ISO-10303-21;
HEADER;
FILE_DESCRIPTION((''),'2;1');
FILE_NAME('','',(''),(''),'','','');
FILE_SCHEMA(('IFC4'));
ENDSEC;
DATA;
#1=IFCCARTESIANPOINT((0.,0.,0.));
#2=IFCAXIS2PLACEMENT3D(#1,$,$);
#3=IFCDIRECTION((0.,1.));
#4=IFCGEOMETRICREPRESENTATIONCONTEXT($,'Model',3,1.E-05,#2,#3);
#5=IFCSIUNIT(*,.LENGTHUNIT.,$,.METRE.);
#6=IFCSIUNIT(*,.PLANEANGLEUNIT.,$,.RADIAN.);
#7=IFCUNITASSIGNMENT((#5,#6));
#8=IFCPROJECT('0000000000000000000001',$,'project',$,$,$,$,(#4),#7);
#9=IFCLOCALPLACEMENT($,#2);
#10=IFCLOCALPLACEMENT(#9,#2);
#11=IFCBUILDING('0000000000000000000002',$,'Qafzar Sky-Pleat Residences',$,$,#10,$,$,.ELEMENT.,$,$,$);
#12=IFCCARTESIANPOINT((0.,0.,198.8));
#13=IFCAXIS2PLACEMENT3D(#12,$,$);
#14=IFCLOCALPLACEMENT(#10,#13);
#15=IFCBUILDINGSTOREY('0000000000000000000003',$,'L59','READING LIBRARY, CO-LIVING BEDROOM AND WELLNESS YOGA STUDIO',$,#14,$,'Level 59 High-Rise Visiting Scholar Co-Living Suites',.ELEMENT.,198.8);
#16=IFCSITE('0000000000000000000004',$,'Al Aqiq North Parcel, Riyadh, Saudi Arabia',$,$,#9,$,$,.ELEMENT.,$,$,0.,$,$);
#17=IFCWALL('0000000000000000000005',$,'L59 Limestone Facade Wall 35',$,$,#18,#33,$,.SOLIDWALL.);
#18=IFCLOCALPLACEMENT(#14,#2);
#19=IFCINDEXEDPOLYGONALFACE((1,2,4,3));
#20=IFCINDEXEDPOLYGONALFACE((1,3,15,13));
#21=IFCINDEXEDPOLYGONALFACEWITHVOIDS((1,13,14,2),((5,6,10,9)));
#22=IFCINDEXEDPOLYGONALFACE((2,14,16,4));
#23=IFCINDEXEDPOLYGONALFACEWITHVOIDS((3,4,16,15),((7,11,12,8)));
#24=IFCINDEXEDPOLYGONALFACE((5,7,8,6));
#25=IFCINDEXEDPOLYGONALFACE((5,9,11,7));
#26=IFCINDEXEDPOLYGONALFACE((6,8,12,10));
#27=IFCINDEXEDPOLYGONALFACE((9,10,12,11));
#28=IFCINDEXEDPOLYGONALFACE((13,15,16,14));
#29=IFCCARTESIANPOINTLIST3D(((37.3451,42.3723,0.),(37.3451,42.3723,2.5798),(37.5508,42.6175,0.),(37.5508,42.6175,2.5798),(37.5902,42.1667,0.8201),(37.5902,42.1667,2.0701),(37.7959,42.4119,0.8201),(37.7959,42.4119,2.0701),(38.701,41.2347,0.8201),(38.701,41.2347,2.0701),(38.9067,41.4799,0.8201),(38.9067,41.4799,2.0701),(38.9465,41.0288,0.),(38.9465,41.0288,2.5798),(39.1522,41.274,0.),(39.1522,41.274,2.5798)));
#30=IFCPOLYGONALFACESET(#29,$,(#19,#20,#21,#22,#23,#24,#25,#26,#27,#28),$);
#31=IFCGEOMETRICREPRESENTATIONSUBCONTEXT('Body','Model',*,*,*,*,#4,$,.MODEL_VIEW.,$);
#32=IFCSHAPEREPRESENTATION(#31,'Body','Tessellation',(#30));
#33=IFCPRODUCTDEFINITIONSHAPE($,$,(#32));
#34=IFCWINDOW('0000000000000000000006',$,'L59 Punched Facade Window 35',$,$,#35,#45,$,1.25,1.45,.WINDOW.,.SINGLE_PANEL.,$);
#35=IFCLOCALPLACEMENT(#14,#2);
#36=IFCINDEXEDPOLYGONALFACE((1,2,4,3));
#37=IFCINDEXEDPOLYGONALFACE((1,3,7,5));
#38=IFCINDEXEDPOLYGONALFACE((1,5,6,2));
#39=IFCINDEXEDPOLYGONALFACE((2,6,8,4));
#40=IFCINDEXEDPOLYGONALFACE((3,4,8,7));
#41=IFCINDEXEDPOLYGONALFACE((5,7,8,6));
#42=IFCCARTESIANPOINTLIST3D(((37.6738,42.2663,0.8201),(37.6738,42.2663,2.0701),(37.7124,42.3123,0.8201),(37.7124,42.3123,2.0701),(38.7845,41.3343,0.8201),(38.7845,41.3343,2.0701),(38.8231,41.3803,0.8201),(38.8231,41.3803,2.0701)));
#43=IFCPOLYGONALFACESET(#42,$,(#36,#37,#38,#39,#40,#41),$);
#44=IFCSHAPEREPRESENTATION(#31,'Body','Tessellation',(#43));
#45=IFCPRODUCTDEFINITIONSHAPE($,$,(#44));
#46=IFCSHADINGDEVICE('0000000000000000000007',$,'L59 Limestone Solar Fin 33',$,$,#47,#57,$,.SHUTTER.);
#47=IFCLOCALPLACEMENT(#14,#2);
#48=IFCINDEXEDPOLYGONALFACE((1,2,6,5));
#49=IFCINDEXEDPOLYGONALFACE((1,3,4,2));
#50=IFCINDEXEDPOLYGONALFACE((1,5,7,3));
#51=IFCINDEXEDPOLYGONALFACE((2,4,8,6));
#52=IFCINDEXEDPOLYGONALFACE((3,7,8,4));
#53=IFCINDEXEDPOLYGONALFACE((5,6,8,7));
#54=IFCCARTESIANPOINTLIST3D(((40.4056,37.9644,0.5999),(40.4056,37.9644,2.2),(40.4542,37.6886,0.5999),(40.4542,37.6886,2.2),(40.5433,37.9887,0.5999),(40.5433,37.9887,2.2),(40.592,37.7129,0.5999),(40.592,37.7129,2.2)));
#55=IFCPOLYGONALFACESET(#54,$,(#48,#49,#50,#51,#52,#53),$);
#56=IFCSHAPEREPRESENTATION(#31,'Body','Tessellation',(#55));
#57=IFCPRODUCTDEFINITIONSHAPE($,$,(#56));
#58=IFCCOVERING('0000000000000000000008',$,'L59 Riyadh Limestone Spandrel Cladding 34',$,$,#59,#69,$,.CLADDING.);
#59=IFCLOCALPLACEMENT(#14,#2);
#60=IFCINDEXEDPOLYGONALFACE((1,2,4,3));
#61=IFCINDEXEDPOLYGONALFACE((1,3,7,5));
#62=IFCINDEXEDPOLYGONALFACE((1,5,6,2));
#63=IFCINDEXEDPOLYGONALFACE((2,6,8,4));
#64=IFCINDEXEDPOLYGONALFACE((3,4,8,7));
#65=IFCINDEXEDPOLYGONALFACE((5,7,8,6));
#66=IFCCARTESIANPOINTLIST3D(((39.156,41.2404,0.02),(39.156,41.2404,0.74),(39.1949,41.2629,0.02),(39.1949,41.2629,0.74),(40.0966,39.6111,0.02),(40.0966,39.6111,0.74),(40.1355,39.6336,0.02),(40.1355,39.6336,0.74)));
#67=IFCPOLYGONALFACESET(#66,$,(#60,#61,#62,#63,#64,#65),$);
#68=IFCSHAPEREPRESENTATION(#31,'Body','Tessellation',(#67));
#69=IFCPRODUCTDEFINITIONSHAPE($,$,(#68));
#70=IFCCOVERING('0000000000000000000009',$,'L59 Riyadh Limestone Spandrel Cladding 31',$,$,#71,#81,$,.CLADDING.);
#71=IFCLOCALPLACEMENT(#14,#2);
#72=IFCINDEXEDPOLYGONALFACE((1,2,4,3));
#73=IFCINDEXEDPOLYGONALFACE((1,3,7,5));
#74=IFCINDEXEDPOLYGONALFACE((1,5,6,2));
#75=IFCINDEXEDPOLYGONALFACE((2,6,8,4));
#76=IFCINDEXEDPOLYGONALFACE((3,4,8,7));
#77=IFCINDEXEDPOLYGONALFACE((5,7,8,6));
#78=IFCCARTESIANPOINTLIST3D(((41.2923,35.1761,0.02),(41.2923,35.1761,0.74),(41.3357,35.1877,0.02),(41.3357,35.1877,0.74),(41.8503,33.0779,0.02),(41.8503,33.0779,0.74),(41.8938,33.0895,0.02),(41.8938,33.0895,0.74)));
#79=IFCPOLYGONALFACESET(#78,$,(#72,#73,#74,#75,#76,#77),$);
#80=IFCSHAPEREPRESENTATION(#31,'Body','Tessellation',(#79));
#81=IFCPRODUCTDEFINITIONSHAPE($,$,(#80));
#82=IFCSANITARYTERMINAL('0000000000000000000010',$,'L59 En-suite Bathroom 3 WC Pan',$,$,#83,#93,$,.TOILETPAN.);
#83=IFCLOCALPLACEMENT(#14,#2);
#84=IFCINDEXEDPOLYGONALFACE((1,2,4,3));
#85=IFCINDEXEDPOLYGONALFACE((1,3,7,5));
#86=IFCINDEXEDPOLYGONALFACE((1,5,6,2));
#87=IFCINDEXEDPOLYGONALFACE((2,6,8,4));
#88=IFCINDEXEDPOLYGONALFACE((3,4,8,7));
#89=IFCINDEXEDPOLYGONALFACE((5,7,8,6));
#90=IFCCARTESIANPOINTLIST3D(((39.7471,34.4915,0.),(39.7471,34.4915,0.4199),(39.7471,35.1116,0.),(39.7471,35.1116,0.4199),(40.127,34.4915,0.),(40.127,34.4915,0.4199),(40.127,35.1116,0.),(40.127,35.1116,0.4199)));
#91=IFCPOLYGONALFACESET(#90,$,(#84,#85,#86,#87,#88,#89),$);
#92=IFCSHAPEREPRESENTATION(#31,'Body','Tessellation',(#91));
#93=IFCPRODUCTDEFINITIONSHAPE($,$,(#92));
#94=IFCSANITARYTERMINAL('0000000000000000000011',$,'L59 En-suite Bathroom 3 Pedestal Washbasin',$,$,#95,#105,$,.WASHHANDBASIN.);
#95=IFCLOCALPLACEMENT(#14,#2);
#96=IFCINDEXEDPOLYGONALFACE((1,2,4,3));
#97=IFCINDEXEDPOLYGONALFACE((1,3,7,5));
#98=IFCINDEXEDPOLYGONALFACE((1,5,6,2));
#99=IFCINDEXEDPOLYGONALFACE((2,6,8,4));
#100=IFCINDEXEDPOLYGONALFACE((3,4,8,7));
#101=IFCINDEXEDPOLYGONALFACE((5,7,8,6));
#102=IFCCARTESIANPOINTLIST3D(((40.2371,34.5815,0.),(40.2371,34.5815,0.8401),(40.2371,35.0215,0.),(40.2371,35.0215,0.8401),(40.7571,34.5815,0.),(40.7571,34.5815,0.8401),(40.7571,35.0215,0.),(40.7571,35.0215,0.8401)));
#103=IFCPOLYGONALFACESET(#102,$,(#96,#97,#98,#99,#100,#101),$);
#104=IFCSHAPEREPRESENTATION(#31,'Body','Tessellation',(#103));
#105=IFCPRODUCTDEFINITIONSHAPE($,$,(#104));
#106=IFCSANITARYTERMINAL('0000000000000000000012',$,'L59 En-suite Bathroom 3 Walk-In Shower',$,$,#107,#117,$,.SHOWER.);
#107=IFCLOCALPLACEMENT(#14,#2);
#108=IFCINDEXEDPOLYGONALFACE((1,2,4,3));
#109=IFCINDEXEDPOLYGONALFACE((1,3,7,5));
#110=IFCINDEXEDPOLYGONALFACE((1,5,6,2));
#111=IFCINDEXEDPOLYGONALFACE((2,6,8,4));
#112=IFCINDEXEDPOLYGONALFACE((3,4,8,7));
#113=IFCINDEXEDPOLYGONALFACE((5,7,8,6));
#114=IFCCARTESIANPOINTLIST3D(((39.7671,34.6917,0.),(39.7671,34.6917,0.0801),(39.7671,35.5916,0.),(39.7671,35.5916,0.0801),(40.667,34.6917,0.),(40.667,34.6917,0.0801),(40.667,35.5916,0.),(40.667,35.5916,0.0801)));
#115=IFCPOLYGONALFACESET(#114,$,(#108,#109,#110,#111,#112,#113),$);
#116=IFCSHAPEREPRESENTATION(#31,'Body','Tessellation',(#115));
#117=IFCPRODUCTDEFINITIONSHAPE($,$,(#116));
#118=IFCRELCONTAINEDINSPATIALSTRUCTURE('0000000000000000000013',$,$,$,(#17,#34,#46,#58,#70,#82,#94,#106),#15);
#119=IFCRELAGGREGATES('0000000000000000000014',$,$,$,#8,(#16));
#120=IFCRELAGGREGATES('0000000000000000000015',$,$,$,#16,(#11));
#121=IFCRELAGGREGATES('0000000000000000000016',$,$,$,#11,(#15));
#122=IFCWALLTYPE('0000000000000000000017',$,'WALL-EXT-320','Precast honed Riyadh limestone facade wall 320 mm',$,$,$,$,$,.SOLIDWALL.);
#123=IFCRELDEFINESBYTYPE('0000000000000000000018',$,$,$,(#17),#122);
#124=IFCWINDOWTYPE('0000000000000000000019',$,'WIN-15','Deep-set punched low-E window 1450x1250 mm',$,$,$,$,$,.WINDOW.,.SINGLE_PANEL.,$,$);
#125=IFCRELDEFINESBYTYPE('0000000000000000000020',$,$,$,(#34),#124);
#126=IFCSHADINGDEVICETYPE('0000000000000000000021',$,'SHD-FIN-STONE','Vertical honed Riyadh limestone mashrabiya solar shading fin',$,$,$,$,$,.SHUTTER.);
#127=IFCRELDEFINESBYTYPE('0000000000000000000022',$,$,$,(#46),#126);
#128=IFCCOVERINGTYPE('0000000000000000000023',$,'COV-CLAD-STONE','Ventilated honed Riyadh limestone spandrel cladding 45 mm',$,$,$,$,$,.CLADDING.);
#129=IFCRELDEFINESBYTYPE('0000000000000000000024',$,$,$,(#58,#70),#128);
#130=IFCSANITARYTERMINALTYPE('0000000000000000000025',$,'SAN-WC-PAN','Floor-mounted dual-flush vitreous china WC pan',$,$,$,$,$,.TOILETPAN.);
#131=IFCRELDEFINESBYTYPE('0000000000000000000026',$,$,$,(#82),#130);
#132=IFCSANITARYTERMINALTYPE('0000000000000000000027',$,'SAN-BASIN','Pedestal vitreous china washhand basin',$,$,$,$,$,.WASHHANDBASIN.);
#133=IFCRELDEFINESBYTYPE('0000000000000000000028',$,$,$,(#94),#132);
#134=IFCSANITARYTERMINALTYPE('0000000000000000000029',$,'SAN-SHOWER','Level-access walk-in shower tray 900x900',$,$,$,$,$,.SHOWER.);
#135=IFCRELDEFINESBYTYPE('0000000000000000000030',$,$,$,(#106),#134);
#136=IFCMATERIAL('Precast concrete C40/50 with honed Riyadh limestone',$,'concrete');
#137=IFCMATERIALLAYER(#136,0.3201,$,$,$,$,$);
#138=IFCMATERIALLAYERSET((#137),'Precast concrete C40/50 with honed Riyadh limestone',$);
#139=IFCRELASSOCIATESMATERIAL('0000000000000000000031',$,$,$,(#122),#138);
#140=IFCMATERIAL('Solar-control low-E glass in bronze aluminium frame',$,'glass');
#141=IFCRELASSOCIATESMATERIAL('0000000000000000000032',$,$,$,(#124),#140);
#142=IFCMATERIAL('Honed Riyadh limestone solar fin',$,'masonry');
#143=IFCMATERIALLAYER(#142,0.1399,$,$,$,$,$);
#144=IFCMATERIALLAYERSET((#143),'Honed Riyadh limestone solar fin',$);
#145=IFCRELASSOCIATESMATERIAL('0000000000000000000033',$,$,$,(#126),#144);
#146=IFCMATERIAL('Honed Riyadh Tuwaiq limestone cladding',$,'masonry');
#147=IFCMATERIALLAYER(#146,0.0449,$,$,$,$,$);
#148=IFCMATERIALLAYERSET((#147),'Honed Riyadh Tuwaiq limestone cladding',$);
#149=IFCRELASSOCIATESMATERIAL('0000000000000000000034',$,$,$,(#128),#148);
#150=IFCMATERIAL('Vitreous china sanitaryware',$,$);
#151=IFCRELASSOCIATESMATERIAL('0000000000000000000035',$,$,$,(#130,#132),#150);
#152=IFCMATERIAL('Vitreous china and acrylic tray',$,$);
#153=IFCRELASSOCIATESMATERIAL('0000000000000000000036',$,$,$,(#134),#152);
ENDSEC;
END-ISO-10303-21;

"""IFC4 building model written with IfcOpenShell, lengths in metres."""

from ifc_helpers import new_model, si_unit, direction, frame, frame_2d, origin, origin_2d, place, context, subcontext, project, spatial, rectangle, extrude, source, transform, mapped, material, layer, layer_set, type_object, element, fill, save


model = new_model("IFC4")

# Units and contexts
model_context = context("Model", 3, precision=1e-05, world=origin(), true_north=direction((0.0, 1.0)))
body_context = subcontext(model_context, "Body", "Model", "MODEL_VIEW")
ifc_project = project(units=[si_unit("LENGTHUNIT", "METRE"), si_unit("PLANEANGLEUNIT", "RADIAN")], contexts=[model_context])

# Site, building, storey
site_placement = place(None, origin())
site = spatial("IfcSite", under=ifc_project, at=site_placement, Name="Al Aqiq North Parcel, Riyadh, Saudi Arabia", CompositionType="ELEMENT", RefElevation=0.0)
building_placement = place(site_placement, origin())
building = spatial("IfcBuilding", under=site, at=building_placement, Name="Qafzar Sky-Pleat Residences", CompositionType="ELEMENT")
storey_placement = place(building_placement, frame((0.0, 0.0, 198.8)))
storey = spatial("IfcBuildingStorey", under=building, at=storey_placement, Name="L59", Description="READING LIBRARY, CO-LIVING BEDROOM AND WELLNESS YOGA STUDIO", LongName="Level 59 High-Rise Visiting Scholar Co-Living Suites", CompositionType="ELEMENT", Elevation=198.8)

# Wall, opening, window
ifc_material_1 = material(Name="Precast concrete C40/50 with honed Riyadh limestone", Category="concrete")
ifc_layer_1 = layer(ifc_material_1, 0.3201)
ifc_layer_set_1 = layer_set([ifc_layer_1], Name="Precast concrete C40/50 with honed Riyadh limestone")
wall_type_1 = type_object("IfcWallType", Name="WALL-EXT-320", Description="Precast honed Riyadh limestone facade wall 320 mm", PredefinedType="SOLIDWALL", material=ifc_layer_set_1)
ifc_material_2 = material(Name="Solar-control low-E glass in bronze aluminium frame", Category="glass")
wall_1_placement = place(storey_placement, frame((39.0493, 41.1514, 0.0), z_axis=(0.0, 0.0, 1.0), x_axis=(-0.766082, 0.642743, 0.0)))
wall_1 = element("IfcWall", 1, at=wall_1_placement, inside=storey, type_object=wall_type_1, Name="L59 Limestone Facade Wall 35", PredefinedType="SOLIDWALL", context=body_context, shape_type="SweptSolid", body=[
    extrude(rectangle(XDim=2.0903, YDim=0.3201, at=frame_2d((1.0452, 0.0))), origin(), (0.0, 0.0, 1.0), 2.5798),
])
opening_1_placement = place(wall_1_placement, frame((0.3203, 0.0, 0.8201)))
opening_1 = element("IfcOpeningElement", 2, at=opening_1_placement, cuts=wall_1, PredefinedType="OPENING", context=body_context, shape_type="SweptSolid", body=[
    extrude(rectangle(XDim=1.45, YDim=1.25, at=frame_2d((0.7251, 0.625))), frame((0.0, 0.1699, 0.0), z_axis=(0.0, -1.0, 0.0), x_axis=(1.0, 0.0, 0.0)), (0.0, 0.0, 1.0), 0.3401),
])
window_type_1 = type_object("IfcWindowType", Name="WIN-15", Description="Deep-set punched low-E window 1450x1250 mm", PartitioningType="SINGLE_PANEL", PredefinedType="WINDOW", material=ifc_material_2)
shared_shape_1 = source(origin(), body_context, "Body", "SweptSolid", [
    extrude(rectangle(XDim=1.45, YDim=1.25, at=frame_2d((0.7251, 0.625))), frame((0.0, 0.03, 0.0), z_axis=(0.0, -1.0, 0.0), x_axis=(1.0, 0.0, 0.0)), (0.0, 0.0, 1.0), 0.0601),
])
window_1_placement = place(opening_1_placement, origin())
window_1 = element("IfcWindow", 3, at=window_1_placement, inside=storey, type_object=window_type_1, Name="L59 Punched Facade Window 35", OverallHeight=1.25, OverallWidth=1.45, PartitioningType="SINGLE_PANEL", PredefinedType="WINDOW", context=body_context, shape_type="MappedRepresentation", body=[
    mapped(shared_shape_1, transform((0.0, 0.0, 0.0), x_axis=(1.0, 0.0, 0.0), y_axis=(0.0, 1.0, 0.0), z_axis=(0.0, 0.0, 1.0), scale=1.0)),
])
fill(opening_1, window_1)

# Shading device
ifc_material_3 = material(Name="Honed Riyadh limestone solar fin", Category="masonry")
ifc_layer_2 = layer(ifc_material_3, 0.1399)
ifc_layer_set_2 = layer_set([ifc_layer_2], Name="Honed Riyadh limestone solar fin")
shading_device_type = type_object("IfcShadingDeviceType", Name="SHD-FIN-STONE", Description="Vertical honed Riyadh limestone mashrabiya solar shading fin", PredefinedType="SHUTTER", material=ifc_layer_set_2)
shared_shape_2 = source(origin(), body_context, "Body", "SweptSolid", [
    extrude(rectangle(XDim=0.1399, YDim=0.28, at=origin_2d()), origin(), (0.0, 0.0, 1.0), 1.6001),
])
shading_device_placement = place(storey_placement, frame((40.4988, 37.8386, 0.5999), z_axis=(0.0, 0.0, 1.0), x_axis=(0.984806, 0.173658, 0.0)))
element("IfcShadingDevice", 4, at=shading_device_placement, inside=storey, type_object=shading_device_type, Name="L59 Limestone Solar Fin 33", PredefinedType="SHUTTER", context=body_context, shape_type="MappedRepresentation", body=[
    mapped(shared_shape_2, transform((0.0, 0.0, 0.0), x_axis=(1.0, 0.0, 0.0), y_axis=(0.0, 1.0, 0.0), z_axis=(0.0, 0.0, 1.0), scale=1.0)),
])

# Coverings
ifc_material_4 = material(Name="Honed Riyadh Tuwaiq limestone cladding", Category="masonry")
ifc_layer_3 = layer(ifc_material_4, 0.0449)
ifc_layer_set_3 = layer_set([ifc_layer_3], Name="Honed Riyadh Tuwaiq limestone cladding")
covering_type = type_object("IfcCoveringType", Name="COV-CLAD-STONE", Description="Ventilated honed Riyadh limestone spandrel cladding 45 mm", PredefinedType="CLADDING", material=ifc_layer_set_3)
shared_shape_3 = source(origin(), body_context, "Body", "SweptSolid", [
    extrude(rectangle(XDim=1.8813, YDim=0.0449, at=origin_2d()), origin(), (0.0, 0.0, 1.0), 0.72),
])
covering_1_placement = place(storey_placement, frame((39.6458, 40.437, 0.02), z_axis=(0.0, 0.0, 1.0), x_axis=(-0.499972, 0.866041, 0.0)))
element("IfcCovering", 5, at=covering_1_placement, inside=storey, type_object=covering_type, Name="L59 Riyadh Limestone Spandrel Cladding 34", PredefinedType="CLADDING", context=body_context, shape_type="MappedRepresentation", body=[
    mapped(shared_shape_3, transform((0.0, 0.0, 0.0), x_axis=(1.0, 0.0, 0.0), y_axis=(0.0, 1.0, 0.0), z_axis=(0.0, 0.0, 1.0), scale=1.0)),
])
shared_shape_4 = source(origin(), body_context, "Body", "SweptSolid", [
    extrude(rectangle(XDim=2.1711, YDim=0.0449, at=origin_2d()), origin(), (0.0, 0.0, 1.0), 0.72),
])
covering_2_placement = place(storey_placement, frame((41.593, 34.1328, 0.02), z_axis=(0.0, 0.0, 1.0), x_axis=(-0.257041, 0.966401, 0.0)))
element("IfcCovering", 6, at=covering_2_placement, inside=storey, type_object=covering_type, Name="L59 Riyadh Limestone Spandrel Cladding 31", PredefinedType="CLADDING", context=body_context, shape_type="MappedRepresentation", body=[
    mapped(shared_shape_4, transform((0.0, 0.0, 0.0), x_axis=(1.0, 0.0, 0.0), y_axis=(0.0, 1.0, 0.0), z_axis=(0.0, 0.0, 1.0), scale=1.0)),
])

# Sanitary terminals
ifc_material_5 = material(Name="Vitreous china sanitaryware")
sanitary_terminal_type_1 = type_object("IfcSanitaryTerminalType", Name="SAN-WC-PAN", Description="Floor-mounted dual-flush vitreous china WC pan", PredefinedType="TOILETPAN", material=ifc_material_5)
shared_shape_5 = source(origin(), body_context, "Body", "SweptSolid", [
    extrude(rectangle(XDim=0.3799, YDim=0.6201, at=origin_2d()), origin(), (0.0, 0.0, 1.0), 0.4199),
])
sanitary_terminal_1_placement = place(storey_placement, frame((39.937, 34.8015, 0.0), z_axis=(0.0, 0.0, 1.0), x_axis=(1.0, 0.0, 0.0)))
element("IfcSanitaryTerminal", 7, at=sanitary_terminal_1_placement, inside=storey, type_object=sanitary_terminal_type_1, Name="L59 En-suite Bathroom 3 WC Pan", PredefinedType="TOILETPAN", context=body_context, shape_type="MappedRepresentation", body=[
    mapped(shared_shape_5, transform((0.0, 0.0, 0.0), x_axis=(1.0, 0.0, 0.0), y_axis=(0.0, 1.0, 0.0), z_axis=(0.0, 0.0, 1.0), scale=1.0)),
])
sanitary_terminal_type_2 = type_object("IfcSanitaryTerminalType", Name="SAN-BASIN", Description="Pedestal vitreous china washhand basin", PredefinedType="WASHHANDBASIN", material=ifc_material_5)
shared_shape_6 = source(origin(), body_context, "Body", "SweptSolid", [
    extrude(rectangle(XDim=0.52, YDim=0.4399, at=origin_2d()), origin(), (0.0, 0.0, 1.0), 0.8401),
])
sanitary_terminal_2_placement = place(storey_placement, frame((40.4971, 34.8015, 0.0), z_axis=(0.0, 0.0, 1.0), x_axis=(1.0, 0.0, 0.0)))
element("IfcSanitaryTerminal", 8, at=sanitary_terminal_2_placement, inside=storey, type_object=sanitary_terminal_type_2, Name="L59 En-suite Bathroom 3 Pedestal Washbasin", PredefinedType="WASHHANDBASIN", context=body_context, shape_type="MappedRepresentation", body=[
    mapped(shared_shape_6, transform((0.0, 0.0, 0.0), x_axis=(1.0, 0.0, 0.0), y_axis=(0.0, 1.0, 0.0), z_axis=(0.0, 0.0, 1.0), scale=1.0)),
])
ifc_material_6 = material(Name="Vitreous china and acrylic tray")
sanitary_terminal_type_3 = type_object("IfcSanitaryTerminalType", Name="SAN-SHOWER", Description="Level-access walk-in shower tray 900x900", PredefinedType="SHOWER", material=ifc_material_6)
shared_shape_7 = source(origin(), body_context, "Body", "SweptSolid", [
    extrude(rectangle(XDim=0.8999, YDim=0.8999, at=origin_2d()), origin(), (0.0, 0.0, 1.0), 0.0801),
])
sanitary_terminal_3_placement = place(storey_placement, frame((40.217, 35.1416, 0.0), z_axis=(0.0, 0.0, 1.0), x_axis=(1.0, 0.0, 0.0)))
element("IfcSanitaryTerminal", 9, at=sanitary_terminal_3_placement, inside=storey, type_object=sanitary_terminal_type_3, Name="L59 En-suite Bathroom 3 Walk-In Shower", PredefinedType="SHOWER", context=body_context, shape_type="MappedRepresentation", body=[
    mapped(shared_shape_7, transform((0.0, 0.0, 0.0), x_axis=(1.0, 0.0, 0.0), y_axis=(0.0, 1.0, 0.0), z_axis=(0.0, 0.0, 1.0), scale=1.0)),
])

save(model, "model.ifc")
